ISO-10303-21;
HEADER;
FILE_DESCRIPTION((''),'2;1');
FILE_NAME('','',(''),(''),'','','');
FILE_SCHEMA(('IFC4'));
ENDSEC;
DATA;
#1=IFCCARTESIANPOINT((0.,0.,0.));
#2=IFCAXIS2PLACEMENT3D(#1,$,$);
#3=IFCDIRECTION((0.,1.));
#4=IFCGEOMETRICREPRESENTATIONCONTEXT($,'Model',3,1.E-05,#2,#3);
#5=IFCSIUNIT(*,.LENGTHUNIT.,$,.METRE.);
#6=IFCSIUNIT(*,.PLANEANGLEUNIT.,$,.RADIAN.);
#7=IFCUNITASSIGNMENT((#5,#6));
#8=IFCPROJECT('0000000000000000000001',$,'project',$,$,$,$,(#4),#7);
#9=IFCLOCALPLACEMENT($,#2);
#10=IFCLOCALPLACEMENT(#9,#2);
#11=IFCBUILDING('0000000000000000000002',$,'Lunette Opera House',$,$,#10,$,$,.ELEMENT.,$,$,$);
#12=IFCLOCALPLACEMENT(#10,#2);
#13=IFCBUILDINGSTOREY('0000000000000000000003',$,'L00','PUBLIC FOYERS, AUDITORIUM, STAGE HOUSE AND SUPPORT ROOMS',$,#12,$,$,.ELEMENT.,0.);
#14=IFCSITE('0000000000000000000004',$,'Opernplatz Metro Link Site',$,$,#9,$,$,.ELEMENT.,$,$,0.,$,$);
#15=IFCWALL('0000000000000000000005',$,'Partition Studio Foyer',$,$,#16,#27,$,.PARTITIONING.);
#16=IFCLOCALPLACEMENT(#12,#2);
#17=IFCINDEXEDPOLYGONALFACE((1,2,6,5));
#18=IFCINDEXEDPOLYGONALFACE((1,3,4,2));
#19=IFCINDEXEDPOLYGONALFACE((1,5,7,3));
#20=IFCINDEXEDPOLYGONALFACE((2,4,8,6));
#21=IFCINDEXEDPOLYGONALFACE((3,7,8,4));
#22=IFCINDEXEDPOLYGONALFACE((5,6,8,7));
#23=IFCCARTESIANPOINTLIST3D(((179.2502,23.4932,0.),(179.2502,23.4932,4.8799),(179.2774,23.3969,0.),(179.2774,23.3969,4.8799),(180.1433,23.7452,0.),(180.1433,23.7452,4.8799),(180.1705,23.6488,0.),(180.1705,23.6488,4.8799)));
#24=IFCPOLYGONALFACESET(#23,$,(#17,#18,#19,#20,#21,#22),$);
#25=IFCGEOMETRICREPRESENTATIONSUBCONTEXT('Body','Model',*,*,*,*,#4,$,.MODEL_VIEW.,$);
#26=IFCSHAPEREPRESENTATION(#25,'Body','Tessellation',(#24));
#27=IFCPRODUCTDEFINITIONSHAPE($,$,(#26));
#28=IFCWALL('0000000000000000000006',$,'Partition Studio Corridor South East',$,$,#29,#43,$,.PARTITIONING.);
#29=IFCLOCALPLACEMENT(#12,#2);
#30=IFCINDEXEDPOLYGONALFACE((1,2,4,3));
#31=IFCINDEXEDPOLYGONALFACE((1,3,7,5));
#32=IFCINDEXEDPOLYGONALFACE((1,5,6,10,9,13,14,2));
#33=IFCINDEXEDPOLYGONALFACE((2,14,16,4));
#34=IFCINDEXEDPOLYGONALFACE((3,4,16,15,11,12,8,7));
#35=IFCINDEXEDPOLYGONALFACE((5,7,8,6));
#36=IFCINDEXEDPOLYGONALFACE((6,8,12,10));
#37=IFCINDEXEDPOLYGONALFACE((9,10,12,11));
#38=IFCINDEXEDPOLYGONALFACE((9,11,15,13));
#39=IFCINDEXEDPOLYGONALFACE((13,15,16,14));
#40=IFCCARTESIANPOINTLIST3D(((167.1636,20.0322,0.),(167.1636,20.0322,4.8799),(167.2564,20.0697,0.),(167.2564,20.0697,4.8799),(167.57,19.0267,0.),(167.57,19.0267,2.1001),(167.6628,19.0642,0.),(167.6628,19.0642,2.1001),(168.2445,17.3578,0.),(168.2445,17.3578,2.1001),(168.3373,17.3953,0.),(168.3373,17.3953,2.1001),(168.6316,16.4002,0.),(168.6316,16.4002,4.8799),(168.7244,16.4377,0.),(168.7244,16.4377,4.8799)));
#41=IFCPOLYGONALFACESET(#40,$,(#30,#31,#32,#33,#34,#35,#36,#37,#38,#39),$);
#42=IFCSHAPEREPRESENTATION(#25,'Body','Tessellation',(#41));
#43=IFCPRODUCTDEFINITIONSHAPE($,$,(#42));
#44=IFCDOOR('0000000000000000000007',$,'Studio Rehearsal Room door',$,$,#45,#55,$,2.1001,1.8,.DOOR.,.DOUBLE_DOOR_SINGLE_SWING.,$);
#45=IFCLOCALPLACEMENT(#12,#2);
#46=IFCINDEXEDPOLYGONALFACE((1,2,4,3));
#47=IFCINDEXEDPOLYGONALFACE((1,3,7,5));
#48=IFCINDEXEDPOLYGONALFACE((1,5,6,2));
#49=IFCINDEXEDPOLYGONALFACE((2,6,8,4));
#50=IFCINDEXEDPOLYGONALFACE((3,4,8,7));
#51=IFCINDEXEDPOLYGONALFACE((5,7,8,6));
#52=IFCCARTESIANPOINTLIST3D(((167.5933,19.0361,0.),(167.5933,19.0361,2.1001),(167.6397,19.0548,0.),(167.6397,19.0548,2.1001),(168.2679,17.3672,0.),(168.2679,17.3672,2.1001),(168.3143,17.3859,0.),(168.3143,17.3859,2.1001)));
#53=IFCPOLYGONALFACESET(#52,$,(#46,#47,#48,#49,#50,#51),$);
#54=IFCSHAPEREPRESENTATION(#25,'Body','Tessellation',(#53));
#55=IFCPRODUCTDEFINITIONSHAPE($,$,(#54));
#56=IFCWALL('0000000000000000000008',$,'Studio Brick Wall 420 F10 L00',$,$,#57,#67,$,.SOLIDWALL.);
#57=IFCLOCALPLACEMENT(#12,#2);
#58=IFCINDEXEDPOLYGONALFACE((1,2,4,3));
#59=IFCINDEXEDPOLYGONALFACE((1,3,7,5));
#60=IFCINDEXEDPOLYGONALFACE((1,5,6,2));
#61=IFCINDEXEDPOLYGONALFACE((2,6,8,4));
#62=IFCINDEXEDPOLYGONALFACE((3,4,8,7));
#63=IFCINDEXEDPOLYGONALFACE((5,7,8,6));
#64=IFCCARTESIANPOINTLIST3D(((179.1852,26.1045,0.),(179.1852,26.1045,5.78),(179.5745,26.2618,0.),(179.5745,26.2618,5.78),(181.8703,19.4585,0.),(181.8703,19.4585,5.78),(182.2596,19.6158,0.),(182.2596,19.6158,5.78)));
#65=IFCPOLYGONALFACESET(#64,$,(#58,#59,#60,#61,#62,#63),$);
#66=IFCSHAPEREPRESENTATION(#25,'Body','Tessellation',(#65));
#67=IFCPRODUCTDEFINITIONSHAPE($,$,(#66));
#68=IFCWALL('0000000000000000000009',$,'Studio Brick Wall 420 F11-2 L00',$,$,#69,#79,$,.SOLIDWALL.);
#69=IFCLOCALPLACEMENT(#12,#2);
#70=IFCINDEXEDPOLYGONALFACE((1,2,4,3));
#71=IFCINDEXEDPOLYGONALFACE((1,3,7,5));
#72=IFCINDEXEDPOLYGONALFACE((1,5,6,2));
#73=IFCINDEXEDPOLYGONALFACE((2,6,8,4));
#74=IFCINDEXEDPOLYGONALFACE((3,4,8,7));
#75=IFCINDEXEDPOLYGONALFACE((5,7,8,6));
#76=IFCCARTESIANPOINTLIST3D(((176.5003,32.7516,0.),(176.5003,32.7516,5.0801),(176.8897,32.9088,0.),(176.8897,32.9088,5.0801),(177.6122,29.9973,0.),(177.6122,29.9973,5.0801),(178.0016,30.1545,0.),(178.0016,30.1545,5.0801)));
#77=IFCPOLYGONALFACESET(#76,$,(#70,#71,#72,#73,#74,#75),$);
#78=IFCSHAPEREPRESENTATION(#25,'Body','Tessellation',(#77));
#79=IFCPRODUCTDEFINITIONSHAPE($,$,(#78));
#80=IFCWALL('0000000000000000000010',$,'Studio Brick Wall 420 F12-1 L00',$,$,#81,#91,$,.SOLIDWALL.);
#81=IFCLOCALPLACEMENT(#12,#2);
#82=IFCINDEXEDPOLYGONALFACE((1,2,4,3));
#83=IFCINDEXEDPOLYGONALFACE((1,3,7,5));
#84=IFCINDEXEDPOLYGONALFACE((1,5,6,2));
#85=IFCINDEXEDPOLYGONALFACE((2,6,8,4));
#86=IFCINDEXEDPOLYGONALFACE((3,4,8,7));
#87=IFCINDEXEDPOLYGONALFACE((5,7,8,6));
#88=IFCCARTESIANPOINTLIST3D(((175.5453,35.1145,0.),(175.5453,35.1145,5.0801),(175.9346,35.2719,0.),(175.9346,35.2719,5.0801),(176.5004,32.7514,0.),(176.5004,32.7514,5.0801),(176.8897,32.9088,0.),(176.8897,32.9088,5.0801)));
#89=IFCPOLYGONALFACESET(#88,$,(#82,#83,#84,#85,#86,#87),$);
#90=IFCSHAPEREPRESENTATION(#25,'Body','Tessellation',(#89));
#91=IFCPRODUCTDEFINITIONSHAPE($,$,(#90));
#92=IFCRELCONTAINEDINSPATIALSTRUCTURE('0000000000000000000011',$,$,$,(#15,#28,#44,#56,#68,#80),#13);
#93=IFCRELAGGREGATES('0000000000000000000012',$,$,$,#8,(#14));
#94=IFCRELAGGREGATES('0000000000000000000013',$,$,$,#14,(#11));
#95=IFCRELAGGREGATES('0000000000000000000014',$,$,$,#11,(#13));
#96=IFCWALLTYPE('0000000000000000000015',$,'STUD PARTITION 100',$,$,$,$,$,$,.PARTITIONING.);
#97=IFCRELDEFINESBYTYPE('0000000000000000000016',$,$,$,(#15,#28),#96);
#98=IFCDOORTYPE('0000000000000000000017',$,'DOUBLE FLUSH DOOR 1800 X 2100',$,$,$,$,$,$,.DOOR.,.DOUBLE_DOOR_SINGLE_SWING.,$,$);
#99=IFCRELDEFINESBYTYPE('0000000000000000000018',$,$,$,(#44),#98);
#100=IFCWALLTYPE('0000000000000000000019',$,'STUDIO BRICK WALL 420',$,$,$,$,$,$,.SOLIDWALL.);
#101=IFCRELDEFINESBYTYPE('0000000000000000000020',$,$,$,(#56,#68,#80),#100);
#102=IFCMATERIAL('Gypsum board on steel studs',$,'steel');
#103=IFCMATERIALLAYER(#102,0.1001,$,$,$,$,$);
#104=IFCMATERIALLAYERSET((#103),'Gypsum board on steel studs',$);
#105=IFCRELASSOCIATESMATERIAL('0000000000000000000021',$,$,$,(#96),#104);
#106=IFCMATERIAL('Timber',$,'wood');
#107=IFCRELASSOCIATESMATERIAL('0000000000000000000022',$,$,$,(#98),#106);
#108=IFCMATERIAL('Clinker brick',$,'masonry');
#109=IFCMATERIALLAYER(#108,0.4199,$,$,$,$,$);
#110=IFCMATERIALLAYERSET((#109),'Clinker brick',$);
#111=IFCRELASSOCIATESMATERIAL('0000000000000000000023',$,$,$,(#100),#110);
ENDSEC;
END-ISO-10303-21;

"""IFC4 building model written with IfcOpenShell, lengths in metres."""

from ifc_helpers import new_model, si_unit, direction, frame, frame_2d, origin, place, context, subcontext, project, spatial, rectangle, extrude, material, layer, layer_set, type_object, element, fill, save


model = new_model("IFC4")

# Units and contexts
model_context = context("Model", 3, precision=1e-05, world=origin(), true_north=direction((0.0, 1.0)))
body_context = subcontext(model_context, "Body", "Model", "MODEL_VIEW")
ifc_project = project(units=[si_unit("LENGTHUNIT", "METRE"), si_unit("PLANEANGLEUNIT", "RADIAN")], contexts=[model_context])

# Site, building, storey
site_placement = place(None, origin())
site = spatial("IfcSite", under=ifc_project, at=site_placement, Name="Opernplatz Metro Link Site", CompositionType="ELEMENT", RefElevation=0.0)
building_placement = place(site_placement, origin())
building = spatial("IfcBuilding", under=site, at=building_placement, Name="Lunette Opera House", CompositionType="ELEMENT")
storey_placement = place(building_placement, origin())
storey = spatial("IfcBuildingStorey", under=building, at=storey_placement, Name="L00", Description="PUBLIC FOYERS, AUDITORIUM, STAGE HOUSE AND SUPPORT ROOMS", CompositionType="ELEMENT", Elevation=0.0)

# Wall
ifc_material_1 = material(Name="Gypsum board on steel studs", Category="steel")
ifc_layer_1 = layer(ifc_material_1, 0.1001)
ifc_layer_set_1 = layer_set([ifc_layer_1], Name="Gypsum board on steel studs")
wall_type_1 = type_object("IfcWallType", Name="STUD PARTITION 100", PredefinedType="PARTITIONING", material=ifc_layer_set_1)
wall_1_placement = place(storey_placement, frame((179.2639, 23.4451, 0.0), z_axis=(0.0, 0.0, 1.0), x_axis=(0.962432, 0.271523, 0.0)))
element("IfcWall", 1, at=wall_1_placement, inside=storey, type_object=wall_type_1, Name="Partition Studio Foyer", PredefinedType="PARTITIONING", context=body_context, shape_type="SweptSolid", body=[
    extrude(rectangle(XDim=0.928, YDim=0.1001, at=frame_2d((0.4639, 0.0))), origin(), (0.0, 0.0, 1.0), 4.8799),
])

# Wall, opening, door
wall_2_placement = place(storey_placement, frame((168.678, 16.4189, 0.0), z_axis=(0.0, 0.0, 1.0), x_axis=(-0.37473, 0.927134, 0.0)))
wall_2 = element("IfcWall", 2, at=wall_2_placement, inside=storey, type_object=wall_type_1, Name="Partition Studio Corridor South East", PredefinedType="PARTITIONING", context=body_context, shape_type="SweptSolid", body=[
    extrude(rectangle(XDim=3.9175, YDim=0.1001, at=frame_2d((1.9587, 0.0))), origin(), (0.0, 0.0, 1.0), 4.8799),
])
opening_1_placement = place(wall_2_placement, frame((1.033, 0.0, 0.0)))
opening_1 = element("IfcOpeningElement", 3, at=opening_1_placement, cuts=wall_2, PredefinedType="OPENING", context=body_context, shape_type="SweptSolid", body=[
    extrude(rectangle(XDim=1.8, YDim=2.1001, at=frame_2d((0.8999, 1.05))), frame((0.0, 0.062, 0.0), z_axis=(0.0, -1.0, 0.0), x_axis=(1.0, 0.0, 0.0)), (0.0, 0.0, 1.0), 0.124),
])
ifc_material_2 = material(Name="Timber", Category="wood")
door_type_1 = type_object("IfcDoorType", Name="DOUBLE FLUSH DOOR 1800 X 2100", OperationType="DOUBLE_DOOR_SINGLE_SWING", PredefinedType="DOOR", material=ifc_material_2)
door_1_placement = place(opening_1_placement, origin())
door_1 = element("IfcDoor", 4, at=door_1_placement, inside=storey, type_object=door_type_1, Name="Studio Rehearsal Room door", OperationType="DOUBLE_DOOR_SINGLE_SWING", OverallHeight=2.1001, OverallWidth=1.8, PredefinedType="DOOR", context=body_context, shape_type="SweptSolid", body=[
    extrude(rectangle(XDim=1.8, YDim=2.1001, at=frame_2d((0.8999, 1.05))), frame((0.0, 0.0249, 0.0), z_axis=(0.0, -1.0, 0.0), x_axis=(1.0, 0.0, 0.0)), (0.0, 0.0, 1.0), 0.05),
])
fill(opening_1, door_1)

# Wall
ifc_material_3 = material(Name="Clinker brick", Category="masonry")
ifc_layer_2 = layer(ifc_material_3, 0.4199)
ifc_layer_set_2 = layer_set([ifc_layer_2], Name="Clinker brick")
wall_type_2 = type_object("IfcWallType", Name="STUDIO BRICK WALL 420", PredefinedType="SOLIDWALL", material=ifc_layer_set_2)
wall_3_placement = place(storey_placement, frame((182.0649, 19.5371, 0.0), z_axis=(0.0, 0.0, 1.0), x_axis=(-0.374595, 0.927189, 0.0)))
element("IfcWall", 5, at=wall_3_placement, inside=storey, type_object=wall_type_2, Name="Studio Brick Wall 420 F10 L00", PredefinedType="SOLIDWALL", context=body_context, shape_type="SweptSolid", body=[
    extrude(rectangle(XDim=7.168, YDim=0.4199, at=frame_2d((3.584, 0.0))), origin(), (0.0, 0.0, 1.0), 5.78),
])

# Walls
wall_4_placement = place(storey_placement, frame((177.8069, 30.0759, 0.0), z_axis=(0.0, 0.0, 1.0), x_axis=(-0.374337, 0.927293, 0.0)))
element("IfcWall", 6, at=wall_4_placement, inside=storey, type_object=wall_type_2, Name="Studio Brick Wall 420 F11-2 L00", PredefinedType="SOLIDWALL", context=body_context, shape_type="SweptSolid", body=[
    extrude(rectangle(XDim=2.9702, YDim=0.4199, at=frame_2d((1.4851, 0.0))), origin(), (0.0, 0.0, 1.0), 5.0801),
])
wall_5_placement = place(storey_placement, frame((176.6951, 32.8301, 0.0), z_axis=(0.0, 0.0, 1.0), x_axis=(-0.374724, 0.927136, 0.0)))
element("IfcWall", 7, at=wall_5_placement, inside=storey, type_object=wall_type_2, Name="Studio Brick Wall 420 F12-1 L00", PredefinedType="SOLIDWALL", context=body_context, shape_type="SweptSolid", body=[
    extrude(rectangle(XDim=2.5488, YDim=0.4199, at=frame_2d((1.2744, 0.0))), origin(), (0.0, 0.0, 1.0), 5.0801),
])

save(model, "model.ifc")
